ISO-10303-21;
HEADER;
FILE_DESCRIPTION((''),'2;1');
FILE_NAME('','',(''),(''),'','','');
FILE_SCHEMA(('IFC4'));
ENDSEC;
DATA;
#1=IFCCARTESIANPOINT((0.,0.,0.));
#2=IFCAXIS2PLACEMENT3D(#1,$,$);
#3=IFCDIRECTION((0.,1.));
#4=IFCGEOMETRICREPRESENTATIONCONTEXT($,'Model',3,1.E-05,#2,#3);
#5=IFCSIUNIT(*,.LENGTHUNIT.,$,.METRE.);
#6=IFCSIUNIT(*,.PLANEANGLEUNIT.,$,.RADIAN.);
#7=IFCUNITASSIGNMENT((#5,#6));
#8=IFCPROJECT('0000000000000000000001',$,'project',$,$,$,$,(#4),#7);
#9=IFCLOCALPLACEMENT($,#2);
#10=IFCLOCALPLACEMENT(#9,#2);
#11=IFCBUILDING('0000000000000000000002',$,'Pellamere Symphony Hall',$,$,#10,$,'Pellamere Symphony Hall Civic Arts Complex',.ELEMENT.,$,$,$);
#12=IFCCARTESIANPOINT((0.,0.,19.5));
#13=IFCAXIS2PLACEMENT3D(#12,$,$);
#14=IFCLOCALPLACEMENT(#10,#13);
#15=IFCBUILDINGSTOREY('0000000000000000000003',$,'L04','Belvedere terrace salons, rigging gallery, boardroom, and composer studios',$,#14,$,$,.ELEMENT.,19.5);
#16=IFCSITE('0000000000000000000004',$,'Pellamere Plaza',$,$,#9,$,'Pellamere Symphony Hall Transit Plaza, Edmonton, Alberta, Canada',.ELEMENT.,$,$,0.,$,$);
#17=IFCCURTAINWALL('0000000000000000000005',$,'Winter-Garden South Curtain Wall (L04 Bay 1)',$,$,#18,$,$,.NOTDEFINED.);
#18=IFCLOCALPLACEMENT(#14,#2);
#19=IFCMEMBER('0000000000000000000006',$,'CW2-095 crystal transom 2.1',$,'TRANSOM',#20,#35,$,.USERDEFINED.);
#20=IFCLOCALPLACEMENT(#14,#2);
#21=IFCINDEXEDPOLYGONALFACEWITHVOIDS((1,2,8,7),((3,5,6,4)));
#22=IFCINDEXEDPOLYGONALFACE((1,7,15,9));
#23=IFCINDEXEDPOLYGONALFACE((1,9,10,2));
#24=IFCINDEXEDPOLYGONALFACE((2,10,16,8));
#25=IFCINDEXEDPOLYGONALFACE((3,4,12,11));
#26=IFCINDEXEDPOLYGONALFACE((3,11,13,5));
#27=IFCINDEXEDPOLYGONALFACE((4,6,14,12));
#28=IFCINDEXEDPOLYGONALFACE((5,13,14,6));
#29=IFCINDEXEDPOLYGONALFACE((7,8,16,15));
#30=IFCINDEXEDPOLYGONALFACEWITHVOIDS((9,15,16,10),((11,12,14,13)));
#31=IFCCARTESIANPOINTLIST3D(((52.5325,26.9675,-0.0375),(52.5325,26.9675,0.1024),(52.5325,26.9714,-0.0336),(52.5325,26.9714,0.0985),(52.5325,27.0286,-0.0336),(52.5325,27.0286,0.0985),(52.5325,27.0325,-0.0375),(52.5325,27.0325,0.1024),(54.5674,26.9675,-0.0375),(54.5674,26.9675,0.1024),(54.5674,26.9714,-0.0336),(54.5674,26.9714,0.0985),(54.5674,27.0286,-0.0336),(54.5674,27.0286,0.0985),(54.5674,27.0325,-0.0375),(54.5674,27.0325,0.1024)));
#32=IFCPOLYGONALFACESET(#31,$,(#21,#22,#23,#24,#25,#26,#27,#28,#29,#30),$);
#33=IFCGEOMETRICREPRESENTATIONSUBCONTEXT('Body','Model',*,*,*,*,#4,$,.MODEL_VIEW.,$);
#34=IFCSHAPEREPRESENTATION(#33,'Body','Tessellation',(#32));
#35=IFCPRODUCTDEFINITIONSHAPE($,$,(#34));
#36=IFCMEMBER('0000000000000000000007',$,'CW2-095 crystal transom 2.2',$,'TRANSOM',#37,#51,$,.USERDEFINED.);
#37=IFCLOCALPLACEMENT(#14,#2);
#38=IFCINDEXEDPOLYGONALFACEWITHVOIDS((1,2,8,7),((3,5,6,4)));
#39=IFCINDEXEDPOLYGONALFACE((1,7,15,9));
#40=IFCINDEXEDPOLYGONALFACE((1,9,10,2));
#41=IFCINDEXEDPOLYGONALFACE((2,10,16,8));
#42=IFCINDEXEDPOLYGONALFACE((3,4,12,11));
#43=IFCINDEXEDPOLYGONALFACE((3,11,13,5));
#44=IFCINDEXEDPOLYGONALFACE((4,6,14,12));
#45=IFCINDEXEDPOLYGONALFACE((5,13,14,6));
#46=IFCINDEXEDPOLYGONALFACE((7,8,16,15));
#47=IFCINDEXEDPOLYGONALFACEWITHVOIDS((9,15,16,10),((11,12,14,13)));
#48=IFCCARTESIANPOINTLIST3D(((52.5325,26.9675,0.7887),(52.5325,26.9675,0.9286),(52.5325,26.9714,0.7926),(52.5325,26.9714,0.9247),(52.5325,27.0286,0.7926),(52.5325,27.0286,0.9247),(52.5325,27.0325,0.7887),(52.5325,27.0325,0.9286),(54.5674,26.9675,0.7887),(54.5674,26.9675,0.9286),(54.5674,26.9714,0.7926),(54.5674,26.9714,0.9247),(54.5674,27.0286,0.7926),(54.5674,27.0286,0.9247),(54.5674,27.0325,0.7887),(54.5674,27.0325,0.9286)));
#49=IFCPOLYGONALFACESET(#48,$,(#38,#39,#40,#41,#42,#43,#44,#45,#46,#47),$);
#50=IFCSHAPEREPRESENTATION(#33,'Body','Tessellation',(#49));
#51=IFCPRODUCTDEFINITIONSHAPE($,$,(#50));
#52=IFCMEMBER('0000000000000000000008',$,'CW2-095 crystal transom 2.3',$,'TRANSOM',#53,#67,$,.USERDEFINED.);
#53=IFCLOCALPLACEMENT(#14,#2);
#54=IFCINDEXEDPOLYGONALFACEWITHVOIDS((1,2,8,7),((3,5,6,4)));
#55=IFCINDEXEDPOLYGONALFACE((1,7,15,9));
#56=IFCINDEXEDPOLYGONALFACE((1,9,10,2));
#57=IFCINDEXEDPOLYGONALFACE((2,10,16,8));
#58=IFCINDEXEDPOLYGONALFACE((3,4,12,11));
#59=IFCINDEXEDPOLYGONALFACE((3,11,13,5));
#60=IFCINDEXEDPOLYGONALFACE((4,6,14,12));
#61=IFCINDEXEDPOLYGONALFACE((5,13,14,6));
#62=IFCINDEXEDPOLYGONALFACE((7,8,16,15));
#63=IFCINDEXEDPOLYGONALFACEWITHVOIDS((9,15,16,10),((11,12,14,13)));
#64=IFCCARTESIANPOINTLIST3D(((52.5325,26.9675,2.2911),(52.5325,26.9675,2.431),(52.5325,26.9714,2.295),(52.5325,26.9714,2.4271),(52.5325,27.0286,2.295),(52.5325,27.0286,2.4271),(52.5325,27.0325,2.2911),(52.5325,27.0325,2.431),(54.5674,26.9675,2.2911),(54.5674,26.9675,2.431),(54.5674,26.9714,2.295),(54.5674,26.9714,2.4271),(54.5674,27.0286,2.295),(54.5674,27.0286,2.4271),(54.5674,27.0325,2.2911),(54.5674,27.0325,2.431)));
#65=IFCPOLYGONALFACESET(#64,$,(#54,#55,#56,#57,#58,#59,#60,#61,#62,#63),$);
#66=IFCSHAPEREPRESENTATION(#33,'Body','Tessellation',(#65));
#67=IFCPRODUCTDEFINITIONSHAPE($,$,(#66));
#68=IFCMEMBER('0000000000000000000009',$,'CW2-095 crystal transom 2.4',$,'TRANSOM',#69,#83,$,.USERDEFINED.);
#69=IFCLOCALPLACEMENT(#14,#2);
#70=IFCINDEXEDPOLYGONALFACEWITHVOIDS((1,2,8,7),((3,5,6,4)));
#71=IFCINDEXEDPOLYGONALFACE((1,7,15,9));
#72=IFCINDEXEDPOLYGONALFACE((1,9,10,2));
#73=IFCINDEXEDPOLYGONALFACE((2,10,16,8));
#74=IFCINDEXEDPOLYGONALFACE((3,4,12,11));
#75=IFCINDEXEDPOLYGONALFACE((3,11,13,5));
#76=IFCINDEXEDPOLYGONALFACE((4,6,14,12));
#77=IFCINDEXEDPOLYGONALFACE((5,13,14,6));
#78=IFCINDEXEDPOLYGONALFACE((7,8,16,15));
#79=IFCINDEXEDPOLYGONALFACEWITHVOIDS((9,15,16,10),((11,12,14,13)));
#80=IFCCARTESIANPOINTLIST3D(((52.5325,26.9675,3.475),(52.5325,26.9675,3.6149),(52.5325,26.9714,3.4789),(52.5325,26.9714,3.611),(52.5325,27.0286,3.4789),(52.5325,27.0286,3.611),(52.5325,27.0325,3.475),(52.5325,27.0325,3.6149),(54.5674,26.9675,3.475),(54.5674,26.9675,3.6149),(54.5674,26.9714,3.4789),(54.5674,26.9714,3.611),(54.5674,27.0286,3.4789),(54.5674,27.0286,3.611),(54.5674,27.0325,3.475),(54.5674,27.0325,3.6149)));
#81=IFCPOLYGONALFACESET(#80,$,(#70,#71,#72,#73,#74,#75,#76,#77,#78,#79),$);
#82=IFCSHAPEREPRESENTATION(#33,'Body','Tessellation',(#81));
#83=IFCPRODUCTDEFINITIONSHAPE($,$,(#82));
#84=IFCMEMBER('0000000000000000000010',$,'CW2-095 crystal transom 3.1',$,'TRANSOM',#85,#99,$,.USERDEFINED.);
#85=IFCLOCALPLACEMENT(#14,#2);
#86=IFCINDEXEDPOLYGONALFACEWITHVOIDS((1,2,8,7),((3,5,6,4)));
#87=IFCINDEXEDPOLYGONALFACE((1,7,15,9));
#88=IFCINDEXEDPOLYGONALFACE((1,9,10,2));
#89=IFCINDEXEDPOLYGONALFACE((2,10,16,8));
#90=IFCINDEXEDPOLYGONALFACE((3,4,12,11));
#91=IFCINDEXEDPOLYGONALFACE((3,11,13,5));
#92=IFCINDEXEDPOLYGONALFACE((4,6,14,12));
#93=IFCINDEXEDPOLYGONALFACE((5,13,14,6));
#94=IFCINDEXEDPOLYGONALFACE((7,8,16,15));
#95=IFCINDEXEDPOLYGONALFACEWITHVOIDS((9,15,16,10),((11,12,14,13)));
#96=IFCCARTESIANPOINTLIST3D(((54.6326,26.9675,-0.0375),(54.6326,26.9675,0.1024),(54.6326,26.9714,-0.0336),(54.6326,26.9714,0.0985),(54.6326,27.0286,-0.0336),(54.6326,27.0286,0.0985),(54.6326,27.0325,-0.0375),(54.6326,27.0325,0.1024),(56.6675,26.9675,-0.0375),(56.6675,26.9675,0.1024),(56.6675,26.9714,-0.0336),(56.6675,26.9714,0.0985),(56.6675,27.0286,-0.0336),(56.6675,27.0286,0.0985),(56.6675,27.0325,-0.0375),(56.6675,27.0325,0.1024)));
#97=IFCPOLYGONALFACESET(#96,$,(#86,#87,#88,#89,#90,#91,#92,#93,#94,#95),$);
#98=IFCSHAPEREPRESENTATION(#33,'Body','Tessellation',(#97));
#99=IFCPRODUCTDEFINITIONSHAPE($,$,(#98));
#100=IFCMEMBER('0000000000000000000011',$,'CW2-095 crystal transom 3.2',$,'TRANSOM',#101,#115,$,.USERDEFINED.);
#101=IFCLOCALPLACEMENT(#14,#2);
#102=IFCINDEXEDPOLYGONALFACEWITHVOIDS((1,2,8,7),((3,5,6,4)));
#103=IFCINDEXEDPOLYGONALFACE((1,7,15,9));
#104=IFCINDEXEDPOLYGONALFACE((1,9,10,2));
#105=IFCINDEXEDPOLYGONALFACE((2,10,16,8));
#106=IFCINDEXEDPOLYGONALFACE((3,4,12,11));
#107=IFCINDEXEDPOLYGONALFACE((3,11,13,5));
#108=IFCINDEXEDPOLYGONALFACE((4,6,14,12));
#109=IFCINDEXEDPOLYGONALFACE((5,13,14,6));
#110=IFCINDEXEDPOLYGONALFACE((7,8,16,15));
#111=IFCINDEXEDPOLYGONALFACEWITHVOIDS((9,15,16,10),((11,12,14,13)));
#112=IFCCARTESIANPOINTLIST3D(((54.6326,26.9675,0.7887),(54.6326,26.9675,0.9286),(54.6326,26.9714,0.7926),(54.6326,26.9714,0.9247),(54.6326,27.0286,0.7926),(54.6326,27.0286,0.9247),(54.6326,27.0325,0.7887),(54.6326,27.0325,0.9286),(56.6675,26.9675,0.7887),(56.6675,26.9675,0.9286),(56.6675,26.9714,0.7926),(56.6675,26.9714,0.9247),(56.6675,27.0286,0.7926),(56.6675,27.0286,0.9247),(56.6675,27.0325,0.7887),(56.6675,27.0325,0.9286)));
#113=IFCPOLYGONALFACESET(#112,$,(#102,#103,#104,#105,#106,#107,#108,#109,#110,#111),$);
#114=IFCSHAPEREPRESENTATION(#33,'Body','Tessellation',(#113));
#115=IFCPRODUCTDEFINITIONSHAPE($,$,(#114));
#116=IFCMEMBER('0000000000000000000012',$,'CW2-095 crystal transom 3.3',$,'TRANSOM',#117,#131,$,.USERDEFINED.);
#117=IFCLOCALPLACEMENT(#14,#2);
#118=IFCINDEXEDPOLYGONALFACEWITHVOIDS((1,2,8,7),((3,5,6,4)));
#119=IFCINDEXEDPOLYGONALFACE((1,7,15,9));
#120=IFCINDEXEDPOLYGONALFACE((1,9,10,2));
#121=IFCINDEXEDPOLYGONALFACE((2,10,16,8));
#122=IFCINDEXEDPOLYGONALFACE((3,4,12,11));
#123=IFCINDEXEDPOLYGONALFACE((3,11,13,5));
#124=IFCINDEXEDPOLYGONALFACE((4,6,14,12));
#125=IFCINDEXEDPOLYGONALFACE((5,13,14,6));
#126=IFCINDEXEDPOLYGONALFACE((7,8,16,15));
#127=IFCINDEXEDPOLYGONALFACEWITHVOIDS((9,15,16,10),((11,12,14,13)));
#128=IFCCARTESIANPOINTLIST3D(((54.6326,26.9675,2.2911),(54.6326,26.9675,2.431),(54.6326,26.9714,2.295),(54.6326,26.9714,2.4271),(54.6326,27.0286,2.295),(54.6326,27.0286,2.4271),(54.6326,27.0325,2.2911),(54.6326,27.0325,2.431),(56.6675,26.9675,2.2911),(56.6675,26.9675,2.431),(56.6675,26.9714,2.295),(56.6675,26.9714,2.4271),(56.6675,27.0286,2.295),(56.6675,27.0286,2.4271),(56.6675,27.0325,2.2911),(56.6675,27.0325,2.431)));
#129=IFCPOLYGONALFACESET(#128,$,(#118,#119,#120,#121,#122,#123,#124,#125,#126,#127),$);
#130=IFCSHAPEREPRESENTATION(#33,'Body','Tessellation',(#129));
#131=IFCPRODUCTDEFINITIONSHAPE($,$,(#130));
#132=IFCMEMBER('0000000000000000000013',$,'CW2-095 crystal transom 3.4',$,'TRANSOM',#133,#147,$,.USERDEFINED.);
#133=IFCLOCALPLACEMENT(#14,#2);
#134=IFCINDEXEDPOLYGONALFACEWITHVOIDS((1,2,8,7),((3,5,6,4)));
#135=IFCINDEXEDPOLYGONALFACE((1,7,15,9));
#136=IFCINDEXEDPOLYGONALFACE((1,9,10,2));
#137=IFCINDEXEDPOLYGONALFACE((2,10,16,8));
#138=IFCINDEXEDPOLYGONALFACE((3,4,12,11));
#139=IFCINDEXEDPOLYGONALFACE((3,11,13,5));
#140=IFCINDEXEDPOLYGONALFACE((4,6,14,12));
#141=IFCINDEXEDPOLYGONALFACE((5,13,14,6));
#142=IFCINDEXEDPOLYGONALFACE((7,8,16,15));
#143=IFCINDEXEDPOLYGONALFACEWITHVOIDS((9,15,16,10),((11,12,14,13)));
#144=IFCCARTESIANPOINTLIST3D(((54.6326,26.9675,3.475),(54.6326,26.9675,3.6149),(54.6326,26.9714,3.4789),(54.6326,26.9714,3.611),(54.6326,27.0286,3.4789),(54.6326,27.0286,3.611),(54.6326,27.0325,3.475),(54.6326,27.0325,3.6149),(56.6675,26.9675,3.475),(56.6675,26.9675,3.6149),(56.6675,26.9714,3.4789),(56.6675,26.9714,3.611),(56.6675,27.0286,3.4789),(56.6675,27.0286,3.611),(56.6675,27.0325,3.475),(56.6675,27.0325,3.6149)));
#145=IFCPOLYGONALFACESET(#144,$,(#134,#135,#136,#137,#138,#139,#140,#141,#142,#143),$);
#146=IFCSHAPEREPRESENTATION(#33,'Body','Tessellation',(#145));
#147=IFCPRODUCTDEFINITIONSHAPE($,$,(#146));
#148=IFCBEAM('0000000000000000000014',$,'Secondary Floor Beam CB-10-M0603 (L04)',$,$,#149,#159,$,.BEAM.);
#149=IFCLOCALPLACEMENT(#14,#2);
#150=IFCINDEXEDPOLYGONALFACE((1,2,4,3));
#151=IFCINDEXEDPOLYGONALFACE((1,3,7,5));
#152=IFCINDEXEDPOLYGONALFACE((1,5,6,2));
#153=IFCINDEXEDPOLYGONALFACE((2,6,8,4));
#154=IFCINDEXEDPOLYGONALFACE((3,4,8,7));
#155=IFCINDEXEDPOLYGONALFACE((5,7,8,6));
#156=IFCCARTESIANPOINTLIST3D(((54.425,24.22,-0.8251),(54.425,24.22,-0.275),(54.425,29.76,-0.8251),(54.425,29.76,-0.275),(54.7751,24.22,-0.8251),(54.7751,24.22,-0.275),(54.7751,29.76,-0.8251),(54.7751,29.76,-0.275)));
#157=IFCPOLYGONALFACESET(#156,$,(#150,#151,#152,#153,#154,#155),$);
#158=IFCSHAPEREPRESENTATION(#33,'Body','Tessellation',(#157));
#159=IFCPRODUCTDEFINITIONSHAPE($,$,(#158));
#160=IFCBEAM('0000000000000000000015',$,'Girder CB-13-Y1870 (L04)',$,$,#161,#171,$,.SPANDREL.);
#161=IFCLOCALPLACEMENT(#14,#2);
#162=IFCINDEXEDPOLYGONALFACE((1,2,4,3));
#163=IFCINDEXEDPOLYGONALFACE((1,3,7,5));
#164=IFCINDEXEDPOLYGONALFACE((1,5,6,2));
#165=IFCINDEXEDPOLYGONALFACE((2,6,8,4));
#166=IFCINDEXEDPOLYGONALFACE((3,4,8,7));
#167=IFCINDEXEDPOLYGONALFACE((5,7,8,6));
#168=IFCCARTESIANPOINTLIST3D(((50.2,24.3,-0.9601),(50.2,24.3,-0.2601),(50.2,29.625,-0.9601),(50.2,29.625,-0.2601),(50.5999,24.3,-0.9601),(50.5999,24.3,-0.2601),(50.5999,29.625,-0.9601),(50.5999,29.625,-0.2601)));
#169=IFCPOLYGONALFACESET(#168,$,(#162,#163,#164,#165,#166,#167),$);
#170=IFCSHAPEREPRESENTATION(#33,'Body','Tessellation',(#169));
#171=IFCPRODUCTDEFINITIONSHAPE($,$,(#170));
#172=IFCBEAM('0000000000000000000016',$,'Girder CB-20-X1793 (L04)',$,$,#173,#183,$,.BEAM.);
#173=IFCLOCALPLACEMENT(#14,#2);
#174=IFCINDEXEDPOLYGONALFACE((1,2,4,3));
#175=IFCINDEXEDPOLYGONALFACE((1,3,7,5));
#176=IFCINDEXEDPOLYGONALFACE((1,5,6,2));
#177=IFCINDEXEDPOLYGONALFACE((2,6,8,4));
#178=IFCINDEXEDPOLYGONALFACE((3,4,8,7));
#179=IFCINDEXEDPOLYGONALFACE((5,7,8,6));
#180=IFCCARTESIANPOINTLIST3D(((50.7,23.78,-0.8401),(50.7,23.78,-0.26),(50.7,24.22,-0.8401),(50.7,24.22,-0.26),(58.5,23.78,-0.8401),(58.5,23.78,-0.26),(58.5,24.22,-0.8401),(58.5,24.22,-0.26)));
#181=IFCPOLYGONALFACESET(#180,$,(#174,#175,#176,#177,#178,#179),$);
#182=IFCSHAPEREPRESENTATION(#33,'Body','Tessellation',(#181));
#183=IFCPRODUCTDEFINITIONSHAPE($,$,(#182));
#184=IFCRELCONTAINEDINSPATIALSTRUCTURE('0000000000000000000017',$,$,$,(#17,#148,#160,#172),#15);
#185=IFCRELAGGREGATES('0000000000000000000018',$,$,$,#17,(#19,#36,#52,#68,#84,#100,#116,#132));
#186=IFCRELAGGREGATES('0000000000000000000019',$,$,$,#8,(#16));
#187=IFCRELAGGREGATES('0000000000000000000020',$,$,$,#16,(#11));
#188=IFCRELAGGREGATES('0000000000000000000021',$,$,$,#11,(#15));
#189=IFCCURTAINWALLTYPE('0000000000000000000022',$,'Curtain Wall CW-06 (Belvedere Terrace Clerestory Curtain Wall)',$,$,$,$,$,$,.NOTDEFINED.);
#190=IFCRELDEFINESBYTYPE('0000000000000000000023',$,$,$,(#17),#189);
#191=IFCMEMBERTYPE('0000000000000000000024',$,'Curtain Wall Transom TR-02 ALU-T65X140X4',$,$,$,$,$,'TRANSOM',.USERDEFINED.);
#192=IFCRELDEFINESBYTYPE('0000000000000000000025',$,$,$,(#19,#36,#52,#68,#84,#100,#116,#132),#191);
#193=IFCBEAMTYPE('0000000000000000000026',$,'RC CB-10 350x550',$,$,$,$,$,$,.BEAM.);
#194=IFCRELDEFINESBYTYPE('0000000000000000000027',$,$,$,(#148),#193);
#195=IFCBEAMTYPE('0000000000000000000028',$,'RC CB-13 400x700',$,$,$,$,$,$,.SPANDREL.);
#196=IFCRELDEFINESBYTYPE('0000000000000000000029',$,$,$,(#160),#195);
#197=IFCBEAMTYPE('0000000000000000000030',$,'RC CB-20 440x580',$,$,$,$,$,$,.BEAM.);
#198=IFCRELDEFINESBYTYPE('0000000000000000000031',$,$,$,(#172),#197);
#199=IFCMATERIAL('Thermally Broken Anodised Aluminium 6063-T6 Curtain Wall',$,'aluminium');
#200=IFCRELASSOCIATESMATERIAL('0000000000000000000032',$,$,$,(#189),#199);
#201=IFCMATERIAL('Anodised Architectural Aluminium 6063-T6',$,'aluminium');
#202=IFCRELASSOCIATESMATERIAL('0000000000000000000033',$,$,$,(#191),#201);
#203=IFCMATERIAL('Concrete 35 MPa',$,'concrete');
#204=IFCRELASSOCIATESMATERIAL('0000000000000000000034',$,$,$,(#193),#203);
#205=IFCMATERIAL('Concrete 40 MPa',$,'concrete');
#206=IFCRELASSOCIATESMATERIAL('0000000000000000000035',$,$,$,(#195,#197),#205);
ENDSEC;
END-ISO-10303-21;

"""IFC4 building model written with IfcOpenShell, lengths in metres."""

from ifc_helpers import new_model, si_unit, direction, frame, origin, origin_2d, place, context, subcontext, project, spatial, rectangle, hollow_rectangle, extrude, material, material_profile, profile_set, type_object, element, aggregate, save


model = new_model("IFC4")

# Units and contexts
model_context = context("Model", 3, precision=1e-05, world=origin(), true_north=direction((0.0, 1.0)))
body_context = subcontext(model_context, "Body", "Model", "MODEL_VIEW")
ifc_project = project(units=[si_unit("LENGTHUNIT", "METRE"), si_unit("PLANEANGLEUNIT", "RADIAN")], contexts=[model_context])

# Site, building, storey
site_placement = place(None, origin())
site = spatial("IfcSite", under=ifc_project, at=site_placement, Name="Pellamere Plaza", LongName="Pellamere Symphony Hall Transit Plaza, Edmonton, Alberta, Canada", CompositionType="ELEMENT", RefElevation=0.0)
building_placement = place(site_placement, origin())
building = spatial("IfcBuilding", under=site, at=building_placement, Name="Pellamere Symphony Hall", LongName="Pellamere Symphony Hall Civic Arts Complex", CompositionType="ELEMENT")
storey_placement = place(building_placement, frame((0.0, 0.0, 19.5)))
storey = spatial("IfcBuildingStorey", under=building, at=storey_placement, Name="L04", Description="Belvedere terrace salons, rigging gallery, boardroom, and composer studios", CompositionType="ELEMENT", Elevation=19.5)

# Curtain wall
ifc_material_1 = material(Name="Thermally Broken Anodised Aluminium 6063-T6 Curtain Wall", Category="aluminium")
curtain_wall_type_1 = type_object("IfcCurtainWallType", Name="Curtain Wall CW-06 (Belvedere Terrace Clerestory Curtain Wall)", PredefinedType="NOTDEFINED", material=ifc_material_1)
curtain_wall_1_placement = place(storey_placement, origin())
curtain_wall_1 = element("IfcCurtainWall", 1, at=curtain_wall_1_placement, inside=storey, type_object=curtain_wall_type_1, Name="Winter-Garden South Curtain Wall (L04 Bay 1)", PredefinedType="NOTDEFINED")
ifc_material_2 = material(Name="Anodised Architectural Aluminium 6063-T6", Category="aluminium")

# Members
ifc_material_profile_1 = material_profile(ifc_material_2, hollow_rectangle(XDim=0.0649, YDim=0.1399, WallThickness=0.0039, at=origin_2d()), Name="ALU-T65X140X4")
ifc_profile_set_1 = profile_set([ifc_material_profile_1], Name="Anodised Architectural Aluminium 6063-T6")
member_type_1 = type_object("IfcMemberType", Name="Curtain Wall Transom TR-02 ALU-T65X140X4", ElementType="TRANSOM", PredefinedType="USERDEFINED", material=ifc_profile_set_1)
member_1_placement = place(storey_placement, frame((52.5325, 27.0, 0.0325), z_axis=(1.0, 0.0, 0.0), x_axis=(0.0, 1.0, 0.0)))
member_1 = element("IfcMember", 2, at=member_1_placement, type_object=member_type_1, Name="CW2-095 crystal transom 2.1", ObjectType="TRANSOM", PredefinedType="USERDEFINED", context=body_context, shape_type="SweptSolid", body=[
    extrude(hollow_rectangle(XDim=0.0649, YDim=0.1399, WallThickness=0.0039, at=origin_2d()), origin(), (0.0, 0.0, 1.0), 2.0349),
])
member_2_placement = place(storey_placement, frame((52.5325, 27.0, 0.8586), z_axis=(1.0, 0.0, 0.0), x_axis=(0.0, 1.0, 0.0)))
member_2 = element("IfcMember", 3, at=member_2_placement, type_object=member_type_1, Name="CW2-095 crystal transom 2.2", ObjectType="TRANSOM", PredefinedType="USERDEFINED", context=body_context, shape_type="SweptSolid", body=[
    extrude(hollow_rectangle(XDim=0.0649, YDim=0.1399, WallThickness=0.0039, at=origin_2d()), origin(), (0.0, 0.0, 1.0), 2.0349),
])
member_3_placement = place(storey_placement, frame((52.5325, 27.0, 2.3611), z_axis=(1.0, 0.0, 0.0), x_axis=(0.0, 1.0, 0.0)))
member_3 = element("IfcMember", 4, at=member_3_placement, type_object=member_type_1, Name="CW2-095 crystal transom 2.3", ObjectType="TRANSOM", PredefinedType="USERDEFINED", context=body_context, shape_type="SweptSolid", body=[
    extrude(hollow_rectangle(XDim=0.0649, YDim=0.1399, WallThickness=0.0039, at=origin_2d()), origin(), (0.0, 0.0, 1.0), 2.0349),
])
member_4_placement = place(storey_placement, frame((52.5325, 27.0, 3.5449), z_axis=(1.0, 0.0, 0.0), x_axis=(0.0, 1.0, 0.0)))
member_4 = element("IfcMember", 5, at=member_4_placement, type_object=member_type_1, Name="CW2-095 crystal transom 2.4", ObjectType="TRANSOM", PredefinedType="USERDEFINED", context=body_context, shape_type="SweptSolid", body=[
    extrude(hollow_rectangle(XDim=0.0649, YDim=0.1399, WallThickness=0.0039, at=origin_2d()), origin(), (0.0, 0.0, 1.0), 2.0349),
])
member_5_placement = place(storey_placement, frame((54.6326, 27.0, 0.0325), z_axis=(1.0, 0.0, 0.0), x_axis=(0.0, 1.0, 0.0)))
member_5 = element("IfcMember", 6, at=member_5_placement, type_object=member_type_1, Name="CW2-095 crystal transom 3.1", ObjectType="TRANSOM", PredefinedType="USERDEFINED", context=body_context, shape_type="SweptSolid", body=[
    extrude(hollow_rectangle(XDim=0.0649, YDim=0.1399, WallThickness=0.0039, at=origin_2d()), origin(), (0.0, 0.0, 1.0), 2.0349),
])
member_6_placement = place(storey_placement, frame((54.6326, 27.0, 0.8586), z_axis=(1.0, 0.0, 0.0), x_axis=(0.0, 1.0, 0.0)))
member_6 = element("IfcMember", 7, at=member_6_placement, type_object=member_type_1, Name="CW2-095 crystal transom 3.2", ObjectType="TRANSOM", PredefinedType="USERDEFINED", context=body_context, shape_type="SweptSolid", body=[
    extrude(hollow_rectangle(XDim=0.0649, YDim=0.1399, WallThickness=0.0039, at=origin_2d()), origin(), (0.0, 0.0, 1.0), 2.0349),
])
member_7_placement = place(storey_placement, frame((54.6326, 27.0, 2.3611), z_axis=(1.0, 0.0, 0.0), x_axis=(0.0, 1.0, 0.0)))
member_7 = element("IfcMember", 8, at=member_7_placement, type_object=member_type_1, Name="CW2-095 crystal transom 3.3", ObjectType="TRANSOM", PredefinedType="USERDEFINED", context=body_context, shape_type="SweptSolid", body=[
    extrude(hollow_rectangle(XDim=0.0649, YDim=0.1399, WallThickness=0.0039, at=origin_2d()), origin(), (0.0, 0.0, 1.0), 2.0349),
])
member_8_placement = place(storey_placement, frame((54.6326, 27.0, 3.5449), z_axis=(1.0, 0.0, 0.0), x_axis=(0.0, 1.0, 0.0)))
member_8 = element("IfcMember", 9, at=member_8_placement, type_object=member_type_1, Name="CW2-095 crystal transom 3.4", ObjectType="TRANSOM", PredefinedType="USERDEFINED", context=body_context, shape_type="SweptSolid", body=[
    extrude(hollow_rectangle(XDim=0.0649, YDim=0.1399, WallThickness=0.0039, at=origin_2d()), origin(), (0.0, 0.0, 1.0), 2.0349),
])

# Beams
ifc_material_3 = material(Name="Concrete 35 MPa", Category="concrete")
ifc_material_profile_2 = material_profile(ifc_material_3, rectangle(XDim=0.3501, YDim=0.55, at=origin_2d()), Name="RC 350x550")
ifc_profile_set_2 = profile_set([ifc_material_profile_2], Name="Concrete 35 MPa")
beam_type_1 = type_object("IfcBeamType", Name="RC CB-10 350x550", PredefinedType="BEAM", material=ifc_profile_set_2)
beam_1_placement = place(storey_placement, frame((54.6001, 24.22, -0.55), z_axis=(0.0, 1.0, 0.0), x_axis=(-1.0, 0.0, 0.0)))
element("IfcBeam", 10, at=beam_1_placement, inside=storey, type_object=beam_type_1, Name="Secondary Floor Beam CB-10-M0603 (L04)", PredefinedType="BEAM", context=body_context, shape_type="SweptSolid", body=[
    extrude(rectangle(XDim=0.3501, YDim=0.55, at=origin_2d()), origin(), (0.0, 0.0, 1.0), 5.54),
])
ifc_material_4 = material(Name="Concrete 40 MPa", Category="concrete")
ifc_material_profile_3 = material_profile(ifc_material_4, rectangle(XDim=0.3999, YDim=0.7, at=origin_2d()), Name="RC 400x700")
ifc_profile_set_3 = profile_set([ifc_material_profile_3], Name="Concrete 40 MPa")
beam_type_2 = type_object("IfcBeamType", Name="RC CB-13 400x700", PredefinedType="SPANDREL", material=ifc_profile_set_3)
beam_2_placement = place(storey_placement, frame((50.3999, 24.3, -0.6101), z_axis=(0.0, 1.0, 0.0), x_axis=(-1.0, 0.0, 0.0)))
element("IfcBeam", 11, at=beam_2_placement, inside=storey, type_object=beam_type_2, Name="Girder CB-13-Y1870 (L04)", PredefinedType="SPANDREL", context=body_context, shape_type="SweptSolid", body=[
    extrude(rectangle(XDim=0.3999, YDim=0.7, at=origin_2d()), origin(), (0.0, 0.0, 1.0), 5.325),
])
ifc_material_profile_4 = material_profile(ifc_material_4, rectangle(XDim=0.4399, YDim=0.5801, at=origin_2d()), Name="RC 440x580")
ifc_profile_set_4 = profile_set([ifc_material_profile_4], Name="Concrete 40 MPa")
beam_type_3 = type_object("IfcBeamType", Name="RC CB-20 440x580", PredefinedType="BEAM", material=ifc_profile_set_4)
beam_3_placement = place(storey_placement, frame((50.7, 24.0, -0.55), z_axis=(1.0, 0.0, 0.0), x_axis=(0.0, 1.0, 0.0)))
element("IfcBeam", 12, at=beam_3_placement, inside=storey, type_object=beam_type_3, Name="Girder CB-20-X1793 (L04)", PredefinedType="BEAM", context=body_context, shape_type="SweptSolid", body=[
    extrude(rectangle(XDim=0.4399, YDim=0.5801, at=origin_2d()), origin(), (0.0, 0.0, 1.0), 7.8),
])

aggregate(curtain_wall_1, [member_1, member_2, member_3, member_4, member_5, member_6, member_7, member_8])

save(model, "model.ifc")
